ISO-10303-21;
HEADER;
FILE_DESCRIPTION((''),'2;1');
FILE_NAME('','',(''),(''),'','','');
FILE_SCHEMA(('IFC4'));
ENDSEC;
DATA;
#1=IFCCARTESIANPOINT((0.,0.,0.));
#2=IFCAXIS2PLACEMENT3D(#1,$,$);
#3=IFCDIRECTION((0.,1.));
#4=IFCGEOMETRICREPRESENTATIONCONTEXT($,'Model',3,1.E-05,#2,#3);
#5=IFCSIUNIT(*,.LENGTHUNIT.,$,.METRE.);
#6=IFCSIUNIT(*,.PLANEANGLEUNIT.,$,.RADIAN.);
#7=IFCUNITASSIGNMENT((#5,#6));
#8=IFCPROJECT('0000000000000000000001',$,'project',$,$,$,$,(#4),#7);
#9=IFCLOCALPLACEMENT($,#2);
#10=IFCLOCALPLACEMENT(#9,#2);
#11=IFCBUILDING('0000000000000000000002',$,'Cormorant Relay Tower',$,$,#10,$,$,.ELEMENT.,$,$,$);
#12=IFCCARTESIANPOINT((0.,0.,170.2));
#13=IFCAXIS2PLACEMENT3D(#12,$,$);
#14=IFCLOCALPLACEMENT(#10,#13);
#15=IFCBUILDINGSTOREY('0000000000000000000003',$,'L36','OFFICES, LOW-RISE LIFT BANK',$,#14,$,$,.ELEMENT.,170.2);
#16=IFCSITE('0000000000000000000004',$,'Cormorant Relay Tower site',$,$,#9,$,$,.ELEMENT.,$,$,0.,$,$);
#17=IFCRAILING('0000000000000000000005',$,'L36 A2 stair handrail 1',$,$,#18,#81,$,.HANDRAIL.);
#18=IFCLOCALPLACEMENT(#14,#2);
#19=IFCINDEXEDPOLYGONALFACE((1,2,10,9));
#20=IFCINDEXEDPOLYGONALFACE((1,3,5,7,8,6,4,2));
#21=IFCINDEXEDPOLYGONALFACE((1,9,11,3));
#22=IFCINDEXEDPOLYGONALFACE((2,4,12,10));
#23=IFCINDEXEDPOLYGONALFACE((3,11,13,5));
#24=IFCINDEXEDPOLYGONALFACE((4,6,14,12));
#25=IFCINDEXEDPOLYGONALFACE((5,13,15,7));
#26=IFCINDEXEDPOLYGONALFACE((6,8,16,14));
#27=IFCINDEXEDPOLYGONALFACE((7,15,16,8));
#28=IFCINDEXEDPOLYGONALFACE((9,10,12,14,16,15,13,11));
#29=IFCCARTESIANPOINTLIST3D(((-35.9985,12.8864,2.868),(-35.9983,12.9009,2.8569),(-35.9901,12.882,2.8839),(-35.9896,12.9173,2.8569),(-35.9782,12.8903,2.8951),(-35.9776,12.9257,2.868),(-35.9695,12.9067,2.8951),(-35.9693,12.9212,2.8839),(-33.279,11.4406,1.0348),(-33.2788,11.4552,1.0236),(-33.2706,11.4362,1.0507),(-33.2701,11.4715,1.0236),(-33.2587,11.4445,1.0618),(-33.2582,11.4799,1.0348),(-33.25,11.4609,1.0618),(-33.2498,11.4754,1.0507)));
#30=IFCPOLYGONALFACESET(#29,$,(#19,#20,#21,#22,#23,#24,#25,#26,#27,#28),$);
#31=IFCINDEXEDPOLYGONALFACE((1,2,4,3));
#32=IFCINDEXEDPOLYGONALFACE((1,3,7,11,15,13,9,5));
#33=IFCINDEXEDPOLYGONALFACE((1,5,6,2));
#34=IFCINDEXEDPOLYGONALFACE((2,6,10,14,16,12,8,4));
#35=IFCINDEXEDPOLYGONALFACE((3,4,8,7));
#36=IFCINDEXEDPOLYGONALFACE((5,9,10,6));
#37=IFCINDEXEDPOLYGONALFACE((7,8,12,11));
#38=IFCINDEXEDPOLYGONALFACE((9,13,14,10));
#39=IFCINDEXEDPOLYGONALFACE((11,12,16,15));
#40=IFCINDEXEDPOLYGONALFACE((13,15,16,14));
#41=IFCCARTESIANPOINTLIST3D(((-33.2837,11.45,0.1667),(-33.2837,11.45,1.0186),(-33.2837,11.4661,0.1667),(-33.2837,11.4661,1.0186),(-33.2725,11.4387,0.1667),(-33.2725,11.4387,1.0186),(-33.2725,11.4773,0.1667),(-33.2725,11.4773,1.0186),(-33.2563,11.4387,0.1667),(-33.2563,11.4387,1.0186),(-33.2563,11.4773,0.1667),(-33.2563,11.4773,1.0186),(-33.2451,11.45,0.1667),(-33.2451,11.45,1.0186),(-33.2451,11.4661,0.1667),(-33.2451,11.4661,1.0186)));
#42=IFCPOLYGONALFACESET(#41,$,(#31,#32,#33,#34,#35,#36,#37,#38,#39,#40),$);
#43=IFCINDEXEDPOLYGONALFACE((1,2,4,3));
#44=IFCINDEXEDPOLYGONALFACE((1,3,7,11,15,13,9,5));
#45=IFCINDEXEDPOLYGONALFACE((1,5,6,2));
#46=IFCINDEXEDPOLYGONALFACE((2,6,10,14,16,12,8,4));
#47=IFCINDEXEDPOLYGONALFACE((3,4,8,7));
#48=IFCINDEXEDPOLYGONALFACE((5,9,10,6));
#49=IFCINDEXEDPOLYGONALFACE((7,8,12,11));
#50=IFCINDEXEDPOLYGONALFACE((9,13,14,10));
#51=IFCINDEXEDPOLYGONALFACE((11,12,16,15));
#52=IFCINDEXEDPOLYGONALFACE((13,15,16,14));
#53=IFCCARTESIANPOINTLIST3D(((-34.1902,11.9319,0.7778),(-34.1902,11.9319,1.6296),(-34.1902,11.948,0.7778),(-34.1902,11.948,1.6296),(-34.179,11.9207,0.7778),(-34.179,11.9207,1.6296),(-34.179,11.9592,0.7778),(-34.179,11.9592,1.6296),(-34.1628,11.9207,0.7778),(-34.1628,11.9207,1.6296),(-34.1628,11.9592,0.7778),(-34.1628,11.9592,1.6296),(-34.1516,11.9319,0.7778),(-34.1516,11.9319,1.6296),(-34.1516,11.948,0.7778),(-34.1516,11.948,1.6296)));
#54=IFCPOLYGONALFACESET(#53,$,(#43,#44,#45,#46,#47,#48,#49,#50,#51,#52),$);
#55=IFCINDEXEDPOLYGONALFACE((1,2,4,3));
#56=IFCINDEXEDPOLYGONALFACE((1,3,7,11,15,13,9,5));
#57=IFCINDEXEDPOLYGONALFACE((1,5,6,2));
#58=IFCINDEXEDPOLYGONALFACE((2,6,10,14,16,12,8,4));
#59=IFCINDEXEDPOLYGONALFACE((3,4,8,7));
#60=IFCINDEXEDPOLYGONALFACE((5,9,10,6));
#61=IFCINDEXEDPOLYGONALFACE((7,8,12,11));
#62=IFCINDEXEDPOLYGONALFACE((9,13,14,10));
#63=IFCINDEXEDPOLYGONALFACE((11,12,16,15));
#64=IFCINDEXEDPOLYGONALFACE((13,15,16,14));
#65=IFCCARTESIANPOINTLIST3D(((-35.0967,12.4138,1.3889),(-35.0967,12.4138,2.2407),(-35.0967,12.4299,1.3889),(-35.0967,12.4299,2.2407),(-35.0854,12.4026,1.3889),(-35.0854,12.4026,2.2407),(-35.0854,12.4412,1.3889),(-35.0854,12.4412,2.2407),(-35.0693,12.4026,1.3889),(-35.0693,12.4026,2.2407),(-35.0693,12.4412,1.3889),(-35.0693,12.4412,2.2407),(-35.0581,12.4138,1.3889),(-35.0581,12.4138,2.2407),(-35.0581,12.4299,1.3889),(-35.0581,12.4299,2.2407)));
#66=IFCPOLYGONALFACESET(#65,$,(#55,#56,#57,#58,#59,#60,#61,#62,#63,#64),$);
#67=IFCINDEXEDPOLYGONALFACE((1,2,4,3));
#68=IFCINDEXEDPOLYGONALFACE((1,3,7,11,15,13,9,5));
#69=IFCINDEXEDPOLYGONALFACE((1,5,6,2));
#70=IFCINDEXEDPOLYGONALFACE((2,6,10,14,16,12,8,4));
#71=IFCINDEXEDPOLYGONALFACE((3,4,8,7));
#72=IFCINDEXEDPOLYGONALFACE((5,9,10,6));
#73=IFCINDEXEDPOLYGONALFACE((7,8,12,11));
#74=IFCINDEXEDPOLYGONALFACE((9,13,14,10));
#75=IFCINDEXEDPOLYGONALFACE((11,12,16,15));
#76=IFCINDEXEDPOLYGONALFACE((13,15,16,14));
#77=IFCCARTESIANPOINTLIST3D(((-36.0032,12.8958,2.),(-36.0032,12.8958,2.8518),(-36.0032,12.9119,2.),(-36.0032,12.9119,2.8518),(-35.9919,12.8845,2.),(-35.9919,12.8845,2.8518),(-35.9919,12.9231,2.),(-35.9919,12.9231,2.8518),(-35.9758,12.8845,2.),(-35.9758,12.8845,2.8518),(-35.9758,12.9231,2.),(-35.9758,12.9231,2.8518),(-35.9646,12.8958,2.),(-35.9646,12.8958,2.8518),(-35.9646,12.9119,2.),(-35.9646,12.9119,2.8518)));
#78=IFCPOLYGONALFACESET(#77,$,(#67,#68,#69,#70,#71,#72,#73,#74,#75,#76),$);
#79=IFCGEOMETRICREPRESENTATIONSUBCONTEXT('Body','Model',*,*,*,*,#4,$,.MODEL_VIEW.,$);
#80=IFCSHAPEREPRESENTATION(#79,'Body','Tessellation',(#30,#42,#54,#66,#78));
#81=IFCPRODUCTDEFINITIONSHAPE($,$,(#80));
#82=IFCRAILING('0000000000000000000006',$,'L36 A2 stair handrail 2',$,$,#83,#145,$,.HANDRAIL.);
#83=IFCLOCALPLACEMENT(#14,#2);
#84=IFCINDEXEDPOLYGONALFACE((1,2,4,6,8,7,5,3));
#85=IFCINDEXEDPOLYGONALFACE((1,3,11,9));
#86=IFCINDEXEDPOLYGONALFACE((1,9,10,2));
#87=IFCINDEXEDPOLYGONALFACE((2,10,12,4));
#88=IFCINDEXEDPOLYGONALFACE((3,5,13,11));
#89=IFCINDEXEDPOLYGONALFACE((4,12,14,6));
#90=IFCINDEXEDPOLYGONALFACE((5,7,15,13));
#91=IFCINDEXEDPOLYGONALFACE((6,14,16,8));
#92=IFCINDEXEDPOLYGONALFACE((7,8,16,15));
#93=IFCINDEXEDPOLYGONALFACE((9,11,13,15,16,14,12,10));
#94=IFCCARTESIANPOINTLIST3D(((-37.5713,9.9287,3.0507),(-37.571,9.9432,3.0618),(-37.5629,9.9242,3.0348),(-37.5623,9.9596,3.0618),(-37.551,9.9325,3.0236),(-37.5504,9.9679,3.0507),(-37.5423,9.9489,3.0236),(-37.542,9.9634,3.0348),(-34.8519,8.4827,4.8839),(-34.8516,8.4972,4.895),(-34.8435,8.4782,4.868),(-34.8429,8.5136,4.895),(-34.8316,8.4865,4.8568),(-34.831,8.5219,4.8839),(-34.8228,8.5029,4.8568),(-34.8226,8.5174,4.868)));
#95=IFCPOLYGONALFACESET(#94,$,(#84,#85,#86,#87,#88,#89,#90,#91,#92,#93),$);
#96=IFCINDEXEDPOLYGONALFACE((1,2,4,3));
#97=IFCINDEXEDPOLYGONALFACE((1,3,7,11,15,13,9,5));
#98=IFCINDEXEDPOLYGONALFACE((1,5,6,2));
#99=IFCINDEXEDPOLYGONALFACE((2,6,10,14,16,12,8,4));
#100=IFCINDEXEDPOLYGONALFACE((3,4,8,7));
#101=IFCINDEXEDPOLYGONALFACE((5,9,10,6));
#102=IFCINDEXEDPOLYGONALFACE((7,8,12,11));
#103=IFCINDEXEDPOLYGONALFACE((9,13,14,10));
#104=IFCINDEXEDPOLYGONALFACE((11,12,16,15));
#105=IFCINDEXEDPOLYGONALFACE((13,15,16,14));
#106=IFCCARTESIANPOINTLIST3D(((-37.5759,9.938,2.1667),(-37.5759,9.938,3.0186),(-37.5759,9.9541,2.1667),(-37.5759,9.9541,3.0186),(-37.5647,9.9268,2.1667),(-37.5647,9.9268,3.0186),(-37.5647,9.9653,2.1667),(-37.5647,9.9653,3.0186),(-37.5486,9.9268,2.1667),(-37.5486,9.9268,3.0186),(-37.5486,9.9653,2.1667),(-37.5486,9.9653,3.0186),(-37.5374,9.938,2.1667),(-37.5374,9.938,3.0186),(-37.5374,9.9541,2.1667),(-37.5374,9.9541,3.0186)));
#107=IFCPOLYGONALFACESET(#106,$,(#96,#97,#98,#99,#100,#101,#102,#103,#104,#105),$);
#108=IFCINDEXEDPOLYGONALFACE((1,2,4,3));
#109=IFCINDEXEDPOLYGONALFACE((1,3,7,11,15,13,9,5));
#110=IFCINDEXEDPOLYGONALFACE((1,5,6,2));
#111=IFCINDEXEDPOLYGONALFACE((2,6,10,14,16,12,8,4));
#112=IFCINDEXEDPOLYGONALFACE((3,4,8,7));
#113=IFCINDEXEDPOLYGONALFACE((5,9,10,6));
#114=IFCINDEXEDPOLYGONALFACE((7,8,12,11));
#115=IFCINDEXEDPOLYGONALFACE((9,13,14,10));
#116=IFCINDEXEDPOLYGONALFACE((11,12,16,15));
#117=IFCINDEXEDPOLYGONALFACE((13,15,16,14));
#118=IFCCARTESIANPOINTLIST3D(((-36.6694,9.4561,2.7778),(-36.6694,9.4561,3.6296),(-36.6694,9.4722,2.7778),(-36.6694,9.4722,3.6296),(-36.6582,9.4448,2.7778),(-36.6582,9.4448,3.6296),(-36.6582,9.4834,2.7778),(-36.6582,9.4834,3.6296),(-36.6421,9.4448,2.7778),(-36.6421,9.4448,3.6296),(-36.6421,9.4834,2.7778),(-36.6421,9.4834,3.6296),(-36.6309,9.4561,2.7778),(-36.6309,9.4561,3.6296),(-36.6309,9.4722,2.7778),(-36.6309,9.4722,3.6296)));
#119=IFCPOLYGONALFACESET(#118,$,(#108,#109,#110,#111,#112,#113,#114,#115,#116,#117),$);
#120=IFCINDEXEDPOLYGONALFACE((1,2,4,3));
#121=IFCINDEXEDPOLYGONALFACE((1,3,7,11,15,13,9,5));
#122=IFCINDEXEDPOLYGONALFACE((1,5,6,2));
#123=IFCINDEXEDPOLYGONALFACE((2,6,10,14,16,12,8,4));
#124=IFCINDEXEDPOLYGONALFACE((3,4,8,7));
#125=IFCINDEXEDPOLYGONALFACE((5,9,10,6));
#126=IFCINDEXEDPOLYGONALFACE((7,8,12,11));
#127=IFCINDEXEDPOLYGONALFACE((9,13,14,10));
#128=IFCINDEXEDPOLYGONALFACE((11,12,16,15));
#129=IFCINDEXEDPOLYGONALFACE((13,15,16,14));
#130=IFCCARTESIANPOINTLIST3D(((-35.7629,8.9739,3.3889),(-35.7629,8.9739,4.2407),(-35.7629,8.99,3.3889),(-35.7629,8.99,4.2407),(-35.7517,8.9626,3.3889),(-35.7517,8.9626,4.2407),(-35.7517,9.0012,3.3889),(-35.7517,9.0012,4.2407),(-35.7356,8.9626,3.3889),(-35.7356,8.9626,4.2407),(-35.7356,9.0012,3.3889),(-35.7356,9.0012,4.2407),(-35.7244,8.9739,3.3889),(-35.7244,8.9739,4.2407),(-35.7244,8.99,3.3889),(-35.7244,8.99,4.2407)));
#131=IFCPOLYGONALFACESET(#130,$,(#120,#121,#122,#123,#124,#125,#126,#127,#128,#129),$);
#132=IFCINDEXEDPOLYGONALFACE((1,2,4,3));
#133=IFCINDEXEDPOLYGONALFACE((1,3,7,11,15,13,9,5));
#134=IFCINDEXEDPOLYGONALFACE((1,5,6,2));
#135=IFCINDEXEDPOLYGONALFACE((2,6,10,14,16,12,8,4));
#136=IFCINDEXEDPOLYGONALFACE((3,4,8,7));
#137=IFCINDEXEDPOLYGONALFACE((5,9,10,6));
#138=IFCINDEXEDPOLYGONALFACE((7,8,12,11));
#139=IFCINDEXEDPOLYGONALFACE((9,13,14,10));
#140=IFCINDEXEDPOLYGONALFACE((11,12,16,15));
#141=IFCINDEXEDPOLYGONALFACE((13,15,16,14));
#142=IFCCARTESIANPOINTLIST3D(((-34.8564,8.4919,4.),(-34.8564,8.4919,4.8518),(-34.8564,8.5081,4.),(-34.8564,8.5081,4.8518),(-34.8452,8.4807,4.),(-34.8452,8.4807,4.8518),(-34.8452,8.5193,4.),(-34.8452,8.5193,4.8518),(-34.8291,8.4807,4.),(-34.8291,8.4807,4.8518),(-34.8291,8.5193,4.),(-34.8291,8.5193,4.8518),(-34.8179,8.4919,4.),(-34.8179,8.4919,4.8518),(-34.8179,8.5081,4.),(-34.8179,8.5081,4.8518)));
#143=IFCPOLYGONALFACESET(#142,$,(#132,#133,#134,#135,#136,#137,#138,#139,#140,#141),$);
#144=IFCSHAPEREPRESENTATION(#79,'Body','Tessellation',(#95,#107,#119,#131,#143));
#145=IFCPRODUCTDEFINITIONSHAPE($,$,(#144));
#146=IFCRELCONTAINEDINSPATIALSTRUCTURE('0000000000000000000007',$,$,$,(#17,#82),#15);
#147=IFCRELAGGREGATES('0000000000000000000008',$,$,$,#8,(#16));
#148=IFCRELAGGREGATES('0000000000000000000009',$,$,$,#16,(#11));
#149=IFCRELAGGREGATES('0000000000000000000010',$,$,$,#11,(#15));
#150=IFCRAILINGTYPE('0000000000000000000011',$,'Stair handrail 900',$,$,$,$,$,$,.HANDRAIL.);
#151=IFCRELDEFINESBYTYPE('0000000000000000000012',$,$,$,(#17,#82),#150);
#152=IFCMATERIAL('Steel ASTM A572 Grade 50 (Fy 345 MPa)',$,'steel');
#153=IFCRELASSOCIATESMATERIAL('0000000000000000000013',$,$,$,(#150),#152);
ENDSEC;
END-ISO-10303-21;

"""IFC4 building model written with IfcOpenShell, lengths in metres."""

from ifc_helpers import new_model, si_unit, direction, frame, origin, place, context, subcontext, project, spatial, polyline, outline, extrude, material, type_object, element, save


model = new_model("IFC4")

# Units and contexts
model_context = context("Model", 3, precision=1e-05, world=origin(), true_north=direction((0.0, 1.0)))
body_context = subcontext(model_context, "Body", "Model", "MODEL_VIEW")
ifc_project = project(units=[si_unit("LENGTHUNIT", "METRE"), si_unit("PLANEANGLEUNIT", "RADIAN")], contexts=[model_context])

# Site, building, storey
site_placement = place(None, origin())
site = spatial("IfcSite", under=ifc_project, at=site_placement, Name="Cormorant Relay Tower site", CompositionType="ELEMENT", RefElevation=0.0)
building_placement = place(site_placement, origin())
building = spatial("IfcBuilding", under=site, at=building_placement, Name="Cormorant Relay Tower", CompositionType="ELEMENT")
storey_placement = place(building_placement, frame((0.0, 0.0, 170.2)))
storey = spatial("IfcBuildingStorey", under=building, at=storey_placement, Name="L36", Description="OFFICES, LOW-RISE LIFT BANK", CompositionType="ELEMENT", Elevation=170.2)

# Railings
ifc_material_1 = material(Name="Steel ASTM A572 Grade 50 (Fy 345 MPa)", Category="steel")
railing_type_1 = type_object("IfcRailingType", Name="Stair handrail 900", PredefinedType="HANDRAIL", material=ifc_material_1)
railing_1_placement = place(storey_placement, frame((-33.2644, 11.458, 0.1667)))
element("IfcRailing", 1, at=railing_1_placement, inside=storey, type_object=railing_type_1, Name="L36 A2 stair handrail 1", PredefinedType="HANDRAIL", context=body_context, shape_type="SweptSolid", body=[
    extrude(outline(polyline([(0.0222, 0.0093), (0.0093, 0.0222), (-0.0093, 0.0222), (-0.0222, 0.0093), (-0.0222, -0.0093), (-0.0093, -0.0222), (0.0093, -0.0222), (0.0222, -0.0093), (0.0222, 0.0093)])), frame((0.0, 0.0, 0.876), z_axis=(-0.758735, 0.403378, 0.511477), x_axis=(-0.469428, -0.882971, 0.0)), (0.0, 0.0, 1.0), 3.5842),
    extrude(outline(polyline([(0.0193, 0.0081), (0.0081, 0.0193), (-0.0081, 0.0193), (-0.0193, 0.0081), (-0.0193, -0.0081), (-0.0081, -0.0193), (0.0081, -0.0193), (0.0193, -0.0081), (0.0193, 0.0081)])), origin(), (0.0, 0.0, 1.0), 0.8518),
    extrude(outline(polyline([(0.0193, 0.0081), (0.0081, 0.0193), (-0.0081, 0.0193), (-0.0193, 0.0081), (-0.0193, -0.0081), (-0.0081, -0.0193), (0.0081, -0.0193), (0.0193, -0.0081), (0.0193, 0.0081)])), frame((-0.9065, 0.4819, 0.6111)), (0.0, 0.0, 1.0), 0.8518),
    extrude(outline(polyline([(0.0193, 0.0081), (0.0081, 0.0193), (-0.0081, 0.0193), (-0.0193, 0.0081), (-0.0193, -0.0081), (-0.0081, -0.0193), (0.0081, -0.0193), (0.0193, -0.0081), (0.0193, 0.0081)])), frame((-1.813, 0.9639, 1.2222)), (0.0, 0.0, 1.0), 0.8518),
    extrude(outline(polyline([(0.0193, 0.0081), (0.0081, 0.0193), (-0.0081, 0.0193), (-0.0193, 0.0081), (-0.0193, -0.0081), (-0.0081, -0.0193), (0.0081, -0.0193), (0.0193, -0.0081), (0.0193, 0.0081)])), frame((-2.7195, 1.4458, 1.8333)), (0.0, 0.0, 1.0), 0.8518),
])
railing_2_placement = place(storey_placement, frame((-37.5566, 9.946, 2.1667)))
element("IfcRailing", 2, at=railing_2_placement, inside=storey, type_object=railing_type_1, Name="L36 A2 stair handrail 2", PredefinedType="HANDRAIL", context=body_context, shape_type="SweptSolid", body=[
    extrude(outline(polyline([(0.0222, 0.0093), (0.0093, 0.0222), (-0.0093, 0.0222), (-0.0222, 0.0093), (-0.0222, -0.0093), (-0.0093, -0.0222), (0.0093, -0.0222), (0.0222, -0.0093), (0.0222, 0.0093)])), frame((0.0, 0.0, 0.876), z_axis=(0.758714, -0.403435, 0.511463), x_axis=(0.469489, 0.882938, 0.0)), (0.0, 0.0, 1.0), 3.5842),
    extrude(outline(polyline([(0.0193, 0.0081), (0.0081, 0.0193), (-0.0081, 0.0193), (-0.0193, 0.0081), (-0.0193, -0.0081), (-0.0081, -0.0193), (0.0081, -0.0193), (0.0193, -0.0081), (0.0193, 0.0081)])), origin(), (0.0, 0.0, 1.0), 0.8518),
    extrude(outline(polyline([(0.0193, 0.0081), (0.0081, 0.0193), (-0.0081, 0.0193), (-0.0193, 0.0081), (-0.0193, -0.0081), (-0.0081, -0.0193), (0.0081, -0.0193), (0.0193, -0.0081), (0.0193, 0.0081)])), frame((0.9065, -0.4819, 0.6111)), (0.0, 0.0, 1.0), 0.8518),
    extrude(outline(polyline([(0.0193, 0.0081), (0.0081, 0.0193), (-0.0081, 0.0193), (-0.0193, 0.0081), (-0.0193, -0.0081), (-0.0081, -0.0193), (0.0081, -0.0193), (0.0193, -0.0081), (0.0193, 0.0081)])), frame((1.813, -0.9641, 1.2222)), (0.0, 0.0, 1.0), 0.8518),
    extrude(outline(polyline([(0.0193, 0.0081), (0.0081, 0.0193), (-0.0081, 0.0193), (-0.0193, 0.0081), (-0.0193, -0.0081), (-0.0081, -0.0193), (0.0081, -0.0193), (0.0193, -0.0081), (0.0193, 0.0081)])), frame((2.7195, -1.446, 1.8333)), (0.0, 0.0, 1.0), 0.8518),
])

save(model, "model.ifc")
